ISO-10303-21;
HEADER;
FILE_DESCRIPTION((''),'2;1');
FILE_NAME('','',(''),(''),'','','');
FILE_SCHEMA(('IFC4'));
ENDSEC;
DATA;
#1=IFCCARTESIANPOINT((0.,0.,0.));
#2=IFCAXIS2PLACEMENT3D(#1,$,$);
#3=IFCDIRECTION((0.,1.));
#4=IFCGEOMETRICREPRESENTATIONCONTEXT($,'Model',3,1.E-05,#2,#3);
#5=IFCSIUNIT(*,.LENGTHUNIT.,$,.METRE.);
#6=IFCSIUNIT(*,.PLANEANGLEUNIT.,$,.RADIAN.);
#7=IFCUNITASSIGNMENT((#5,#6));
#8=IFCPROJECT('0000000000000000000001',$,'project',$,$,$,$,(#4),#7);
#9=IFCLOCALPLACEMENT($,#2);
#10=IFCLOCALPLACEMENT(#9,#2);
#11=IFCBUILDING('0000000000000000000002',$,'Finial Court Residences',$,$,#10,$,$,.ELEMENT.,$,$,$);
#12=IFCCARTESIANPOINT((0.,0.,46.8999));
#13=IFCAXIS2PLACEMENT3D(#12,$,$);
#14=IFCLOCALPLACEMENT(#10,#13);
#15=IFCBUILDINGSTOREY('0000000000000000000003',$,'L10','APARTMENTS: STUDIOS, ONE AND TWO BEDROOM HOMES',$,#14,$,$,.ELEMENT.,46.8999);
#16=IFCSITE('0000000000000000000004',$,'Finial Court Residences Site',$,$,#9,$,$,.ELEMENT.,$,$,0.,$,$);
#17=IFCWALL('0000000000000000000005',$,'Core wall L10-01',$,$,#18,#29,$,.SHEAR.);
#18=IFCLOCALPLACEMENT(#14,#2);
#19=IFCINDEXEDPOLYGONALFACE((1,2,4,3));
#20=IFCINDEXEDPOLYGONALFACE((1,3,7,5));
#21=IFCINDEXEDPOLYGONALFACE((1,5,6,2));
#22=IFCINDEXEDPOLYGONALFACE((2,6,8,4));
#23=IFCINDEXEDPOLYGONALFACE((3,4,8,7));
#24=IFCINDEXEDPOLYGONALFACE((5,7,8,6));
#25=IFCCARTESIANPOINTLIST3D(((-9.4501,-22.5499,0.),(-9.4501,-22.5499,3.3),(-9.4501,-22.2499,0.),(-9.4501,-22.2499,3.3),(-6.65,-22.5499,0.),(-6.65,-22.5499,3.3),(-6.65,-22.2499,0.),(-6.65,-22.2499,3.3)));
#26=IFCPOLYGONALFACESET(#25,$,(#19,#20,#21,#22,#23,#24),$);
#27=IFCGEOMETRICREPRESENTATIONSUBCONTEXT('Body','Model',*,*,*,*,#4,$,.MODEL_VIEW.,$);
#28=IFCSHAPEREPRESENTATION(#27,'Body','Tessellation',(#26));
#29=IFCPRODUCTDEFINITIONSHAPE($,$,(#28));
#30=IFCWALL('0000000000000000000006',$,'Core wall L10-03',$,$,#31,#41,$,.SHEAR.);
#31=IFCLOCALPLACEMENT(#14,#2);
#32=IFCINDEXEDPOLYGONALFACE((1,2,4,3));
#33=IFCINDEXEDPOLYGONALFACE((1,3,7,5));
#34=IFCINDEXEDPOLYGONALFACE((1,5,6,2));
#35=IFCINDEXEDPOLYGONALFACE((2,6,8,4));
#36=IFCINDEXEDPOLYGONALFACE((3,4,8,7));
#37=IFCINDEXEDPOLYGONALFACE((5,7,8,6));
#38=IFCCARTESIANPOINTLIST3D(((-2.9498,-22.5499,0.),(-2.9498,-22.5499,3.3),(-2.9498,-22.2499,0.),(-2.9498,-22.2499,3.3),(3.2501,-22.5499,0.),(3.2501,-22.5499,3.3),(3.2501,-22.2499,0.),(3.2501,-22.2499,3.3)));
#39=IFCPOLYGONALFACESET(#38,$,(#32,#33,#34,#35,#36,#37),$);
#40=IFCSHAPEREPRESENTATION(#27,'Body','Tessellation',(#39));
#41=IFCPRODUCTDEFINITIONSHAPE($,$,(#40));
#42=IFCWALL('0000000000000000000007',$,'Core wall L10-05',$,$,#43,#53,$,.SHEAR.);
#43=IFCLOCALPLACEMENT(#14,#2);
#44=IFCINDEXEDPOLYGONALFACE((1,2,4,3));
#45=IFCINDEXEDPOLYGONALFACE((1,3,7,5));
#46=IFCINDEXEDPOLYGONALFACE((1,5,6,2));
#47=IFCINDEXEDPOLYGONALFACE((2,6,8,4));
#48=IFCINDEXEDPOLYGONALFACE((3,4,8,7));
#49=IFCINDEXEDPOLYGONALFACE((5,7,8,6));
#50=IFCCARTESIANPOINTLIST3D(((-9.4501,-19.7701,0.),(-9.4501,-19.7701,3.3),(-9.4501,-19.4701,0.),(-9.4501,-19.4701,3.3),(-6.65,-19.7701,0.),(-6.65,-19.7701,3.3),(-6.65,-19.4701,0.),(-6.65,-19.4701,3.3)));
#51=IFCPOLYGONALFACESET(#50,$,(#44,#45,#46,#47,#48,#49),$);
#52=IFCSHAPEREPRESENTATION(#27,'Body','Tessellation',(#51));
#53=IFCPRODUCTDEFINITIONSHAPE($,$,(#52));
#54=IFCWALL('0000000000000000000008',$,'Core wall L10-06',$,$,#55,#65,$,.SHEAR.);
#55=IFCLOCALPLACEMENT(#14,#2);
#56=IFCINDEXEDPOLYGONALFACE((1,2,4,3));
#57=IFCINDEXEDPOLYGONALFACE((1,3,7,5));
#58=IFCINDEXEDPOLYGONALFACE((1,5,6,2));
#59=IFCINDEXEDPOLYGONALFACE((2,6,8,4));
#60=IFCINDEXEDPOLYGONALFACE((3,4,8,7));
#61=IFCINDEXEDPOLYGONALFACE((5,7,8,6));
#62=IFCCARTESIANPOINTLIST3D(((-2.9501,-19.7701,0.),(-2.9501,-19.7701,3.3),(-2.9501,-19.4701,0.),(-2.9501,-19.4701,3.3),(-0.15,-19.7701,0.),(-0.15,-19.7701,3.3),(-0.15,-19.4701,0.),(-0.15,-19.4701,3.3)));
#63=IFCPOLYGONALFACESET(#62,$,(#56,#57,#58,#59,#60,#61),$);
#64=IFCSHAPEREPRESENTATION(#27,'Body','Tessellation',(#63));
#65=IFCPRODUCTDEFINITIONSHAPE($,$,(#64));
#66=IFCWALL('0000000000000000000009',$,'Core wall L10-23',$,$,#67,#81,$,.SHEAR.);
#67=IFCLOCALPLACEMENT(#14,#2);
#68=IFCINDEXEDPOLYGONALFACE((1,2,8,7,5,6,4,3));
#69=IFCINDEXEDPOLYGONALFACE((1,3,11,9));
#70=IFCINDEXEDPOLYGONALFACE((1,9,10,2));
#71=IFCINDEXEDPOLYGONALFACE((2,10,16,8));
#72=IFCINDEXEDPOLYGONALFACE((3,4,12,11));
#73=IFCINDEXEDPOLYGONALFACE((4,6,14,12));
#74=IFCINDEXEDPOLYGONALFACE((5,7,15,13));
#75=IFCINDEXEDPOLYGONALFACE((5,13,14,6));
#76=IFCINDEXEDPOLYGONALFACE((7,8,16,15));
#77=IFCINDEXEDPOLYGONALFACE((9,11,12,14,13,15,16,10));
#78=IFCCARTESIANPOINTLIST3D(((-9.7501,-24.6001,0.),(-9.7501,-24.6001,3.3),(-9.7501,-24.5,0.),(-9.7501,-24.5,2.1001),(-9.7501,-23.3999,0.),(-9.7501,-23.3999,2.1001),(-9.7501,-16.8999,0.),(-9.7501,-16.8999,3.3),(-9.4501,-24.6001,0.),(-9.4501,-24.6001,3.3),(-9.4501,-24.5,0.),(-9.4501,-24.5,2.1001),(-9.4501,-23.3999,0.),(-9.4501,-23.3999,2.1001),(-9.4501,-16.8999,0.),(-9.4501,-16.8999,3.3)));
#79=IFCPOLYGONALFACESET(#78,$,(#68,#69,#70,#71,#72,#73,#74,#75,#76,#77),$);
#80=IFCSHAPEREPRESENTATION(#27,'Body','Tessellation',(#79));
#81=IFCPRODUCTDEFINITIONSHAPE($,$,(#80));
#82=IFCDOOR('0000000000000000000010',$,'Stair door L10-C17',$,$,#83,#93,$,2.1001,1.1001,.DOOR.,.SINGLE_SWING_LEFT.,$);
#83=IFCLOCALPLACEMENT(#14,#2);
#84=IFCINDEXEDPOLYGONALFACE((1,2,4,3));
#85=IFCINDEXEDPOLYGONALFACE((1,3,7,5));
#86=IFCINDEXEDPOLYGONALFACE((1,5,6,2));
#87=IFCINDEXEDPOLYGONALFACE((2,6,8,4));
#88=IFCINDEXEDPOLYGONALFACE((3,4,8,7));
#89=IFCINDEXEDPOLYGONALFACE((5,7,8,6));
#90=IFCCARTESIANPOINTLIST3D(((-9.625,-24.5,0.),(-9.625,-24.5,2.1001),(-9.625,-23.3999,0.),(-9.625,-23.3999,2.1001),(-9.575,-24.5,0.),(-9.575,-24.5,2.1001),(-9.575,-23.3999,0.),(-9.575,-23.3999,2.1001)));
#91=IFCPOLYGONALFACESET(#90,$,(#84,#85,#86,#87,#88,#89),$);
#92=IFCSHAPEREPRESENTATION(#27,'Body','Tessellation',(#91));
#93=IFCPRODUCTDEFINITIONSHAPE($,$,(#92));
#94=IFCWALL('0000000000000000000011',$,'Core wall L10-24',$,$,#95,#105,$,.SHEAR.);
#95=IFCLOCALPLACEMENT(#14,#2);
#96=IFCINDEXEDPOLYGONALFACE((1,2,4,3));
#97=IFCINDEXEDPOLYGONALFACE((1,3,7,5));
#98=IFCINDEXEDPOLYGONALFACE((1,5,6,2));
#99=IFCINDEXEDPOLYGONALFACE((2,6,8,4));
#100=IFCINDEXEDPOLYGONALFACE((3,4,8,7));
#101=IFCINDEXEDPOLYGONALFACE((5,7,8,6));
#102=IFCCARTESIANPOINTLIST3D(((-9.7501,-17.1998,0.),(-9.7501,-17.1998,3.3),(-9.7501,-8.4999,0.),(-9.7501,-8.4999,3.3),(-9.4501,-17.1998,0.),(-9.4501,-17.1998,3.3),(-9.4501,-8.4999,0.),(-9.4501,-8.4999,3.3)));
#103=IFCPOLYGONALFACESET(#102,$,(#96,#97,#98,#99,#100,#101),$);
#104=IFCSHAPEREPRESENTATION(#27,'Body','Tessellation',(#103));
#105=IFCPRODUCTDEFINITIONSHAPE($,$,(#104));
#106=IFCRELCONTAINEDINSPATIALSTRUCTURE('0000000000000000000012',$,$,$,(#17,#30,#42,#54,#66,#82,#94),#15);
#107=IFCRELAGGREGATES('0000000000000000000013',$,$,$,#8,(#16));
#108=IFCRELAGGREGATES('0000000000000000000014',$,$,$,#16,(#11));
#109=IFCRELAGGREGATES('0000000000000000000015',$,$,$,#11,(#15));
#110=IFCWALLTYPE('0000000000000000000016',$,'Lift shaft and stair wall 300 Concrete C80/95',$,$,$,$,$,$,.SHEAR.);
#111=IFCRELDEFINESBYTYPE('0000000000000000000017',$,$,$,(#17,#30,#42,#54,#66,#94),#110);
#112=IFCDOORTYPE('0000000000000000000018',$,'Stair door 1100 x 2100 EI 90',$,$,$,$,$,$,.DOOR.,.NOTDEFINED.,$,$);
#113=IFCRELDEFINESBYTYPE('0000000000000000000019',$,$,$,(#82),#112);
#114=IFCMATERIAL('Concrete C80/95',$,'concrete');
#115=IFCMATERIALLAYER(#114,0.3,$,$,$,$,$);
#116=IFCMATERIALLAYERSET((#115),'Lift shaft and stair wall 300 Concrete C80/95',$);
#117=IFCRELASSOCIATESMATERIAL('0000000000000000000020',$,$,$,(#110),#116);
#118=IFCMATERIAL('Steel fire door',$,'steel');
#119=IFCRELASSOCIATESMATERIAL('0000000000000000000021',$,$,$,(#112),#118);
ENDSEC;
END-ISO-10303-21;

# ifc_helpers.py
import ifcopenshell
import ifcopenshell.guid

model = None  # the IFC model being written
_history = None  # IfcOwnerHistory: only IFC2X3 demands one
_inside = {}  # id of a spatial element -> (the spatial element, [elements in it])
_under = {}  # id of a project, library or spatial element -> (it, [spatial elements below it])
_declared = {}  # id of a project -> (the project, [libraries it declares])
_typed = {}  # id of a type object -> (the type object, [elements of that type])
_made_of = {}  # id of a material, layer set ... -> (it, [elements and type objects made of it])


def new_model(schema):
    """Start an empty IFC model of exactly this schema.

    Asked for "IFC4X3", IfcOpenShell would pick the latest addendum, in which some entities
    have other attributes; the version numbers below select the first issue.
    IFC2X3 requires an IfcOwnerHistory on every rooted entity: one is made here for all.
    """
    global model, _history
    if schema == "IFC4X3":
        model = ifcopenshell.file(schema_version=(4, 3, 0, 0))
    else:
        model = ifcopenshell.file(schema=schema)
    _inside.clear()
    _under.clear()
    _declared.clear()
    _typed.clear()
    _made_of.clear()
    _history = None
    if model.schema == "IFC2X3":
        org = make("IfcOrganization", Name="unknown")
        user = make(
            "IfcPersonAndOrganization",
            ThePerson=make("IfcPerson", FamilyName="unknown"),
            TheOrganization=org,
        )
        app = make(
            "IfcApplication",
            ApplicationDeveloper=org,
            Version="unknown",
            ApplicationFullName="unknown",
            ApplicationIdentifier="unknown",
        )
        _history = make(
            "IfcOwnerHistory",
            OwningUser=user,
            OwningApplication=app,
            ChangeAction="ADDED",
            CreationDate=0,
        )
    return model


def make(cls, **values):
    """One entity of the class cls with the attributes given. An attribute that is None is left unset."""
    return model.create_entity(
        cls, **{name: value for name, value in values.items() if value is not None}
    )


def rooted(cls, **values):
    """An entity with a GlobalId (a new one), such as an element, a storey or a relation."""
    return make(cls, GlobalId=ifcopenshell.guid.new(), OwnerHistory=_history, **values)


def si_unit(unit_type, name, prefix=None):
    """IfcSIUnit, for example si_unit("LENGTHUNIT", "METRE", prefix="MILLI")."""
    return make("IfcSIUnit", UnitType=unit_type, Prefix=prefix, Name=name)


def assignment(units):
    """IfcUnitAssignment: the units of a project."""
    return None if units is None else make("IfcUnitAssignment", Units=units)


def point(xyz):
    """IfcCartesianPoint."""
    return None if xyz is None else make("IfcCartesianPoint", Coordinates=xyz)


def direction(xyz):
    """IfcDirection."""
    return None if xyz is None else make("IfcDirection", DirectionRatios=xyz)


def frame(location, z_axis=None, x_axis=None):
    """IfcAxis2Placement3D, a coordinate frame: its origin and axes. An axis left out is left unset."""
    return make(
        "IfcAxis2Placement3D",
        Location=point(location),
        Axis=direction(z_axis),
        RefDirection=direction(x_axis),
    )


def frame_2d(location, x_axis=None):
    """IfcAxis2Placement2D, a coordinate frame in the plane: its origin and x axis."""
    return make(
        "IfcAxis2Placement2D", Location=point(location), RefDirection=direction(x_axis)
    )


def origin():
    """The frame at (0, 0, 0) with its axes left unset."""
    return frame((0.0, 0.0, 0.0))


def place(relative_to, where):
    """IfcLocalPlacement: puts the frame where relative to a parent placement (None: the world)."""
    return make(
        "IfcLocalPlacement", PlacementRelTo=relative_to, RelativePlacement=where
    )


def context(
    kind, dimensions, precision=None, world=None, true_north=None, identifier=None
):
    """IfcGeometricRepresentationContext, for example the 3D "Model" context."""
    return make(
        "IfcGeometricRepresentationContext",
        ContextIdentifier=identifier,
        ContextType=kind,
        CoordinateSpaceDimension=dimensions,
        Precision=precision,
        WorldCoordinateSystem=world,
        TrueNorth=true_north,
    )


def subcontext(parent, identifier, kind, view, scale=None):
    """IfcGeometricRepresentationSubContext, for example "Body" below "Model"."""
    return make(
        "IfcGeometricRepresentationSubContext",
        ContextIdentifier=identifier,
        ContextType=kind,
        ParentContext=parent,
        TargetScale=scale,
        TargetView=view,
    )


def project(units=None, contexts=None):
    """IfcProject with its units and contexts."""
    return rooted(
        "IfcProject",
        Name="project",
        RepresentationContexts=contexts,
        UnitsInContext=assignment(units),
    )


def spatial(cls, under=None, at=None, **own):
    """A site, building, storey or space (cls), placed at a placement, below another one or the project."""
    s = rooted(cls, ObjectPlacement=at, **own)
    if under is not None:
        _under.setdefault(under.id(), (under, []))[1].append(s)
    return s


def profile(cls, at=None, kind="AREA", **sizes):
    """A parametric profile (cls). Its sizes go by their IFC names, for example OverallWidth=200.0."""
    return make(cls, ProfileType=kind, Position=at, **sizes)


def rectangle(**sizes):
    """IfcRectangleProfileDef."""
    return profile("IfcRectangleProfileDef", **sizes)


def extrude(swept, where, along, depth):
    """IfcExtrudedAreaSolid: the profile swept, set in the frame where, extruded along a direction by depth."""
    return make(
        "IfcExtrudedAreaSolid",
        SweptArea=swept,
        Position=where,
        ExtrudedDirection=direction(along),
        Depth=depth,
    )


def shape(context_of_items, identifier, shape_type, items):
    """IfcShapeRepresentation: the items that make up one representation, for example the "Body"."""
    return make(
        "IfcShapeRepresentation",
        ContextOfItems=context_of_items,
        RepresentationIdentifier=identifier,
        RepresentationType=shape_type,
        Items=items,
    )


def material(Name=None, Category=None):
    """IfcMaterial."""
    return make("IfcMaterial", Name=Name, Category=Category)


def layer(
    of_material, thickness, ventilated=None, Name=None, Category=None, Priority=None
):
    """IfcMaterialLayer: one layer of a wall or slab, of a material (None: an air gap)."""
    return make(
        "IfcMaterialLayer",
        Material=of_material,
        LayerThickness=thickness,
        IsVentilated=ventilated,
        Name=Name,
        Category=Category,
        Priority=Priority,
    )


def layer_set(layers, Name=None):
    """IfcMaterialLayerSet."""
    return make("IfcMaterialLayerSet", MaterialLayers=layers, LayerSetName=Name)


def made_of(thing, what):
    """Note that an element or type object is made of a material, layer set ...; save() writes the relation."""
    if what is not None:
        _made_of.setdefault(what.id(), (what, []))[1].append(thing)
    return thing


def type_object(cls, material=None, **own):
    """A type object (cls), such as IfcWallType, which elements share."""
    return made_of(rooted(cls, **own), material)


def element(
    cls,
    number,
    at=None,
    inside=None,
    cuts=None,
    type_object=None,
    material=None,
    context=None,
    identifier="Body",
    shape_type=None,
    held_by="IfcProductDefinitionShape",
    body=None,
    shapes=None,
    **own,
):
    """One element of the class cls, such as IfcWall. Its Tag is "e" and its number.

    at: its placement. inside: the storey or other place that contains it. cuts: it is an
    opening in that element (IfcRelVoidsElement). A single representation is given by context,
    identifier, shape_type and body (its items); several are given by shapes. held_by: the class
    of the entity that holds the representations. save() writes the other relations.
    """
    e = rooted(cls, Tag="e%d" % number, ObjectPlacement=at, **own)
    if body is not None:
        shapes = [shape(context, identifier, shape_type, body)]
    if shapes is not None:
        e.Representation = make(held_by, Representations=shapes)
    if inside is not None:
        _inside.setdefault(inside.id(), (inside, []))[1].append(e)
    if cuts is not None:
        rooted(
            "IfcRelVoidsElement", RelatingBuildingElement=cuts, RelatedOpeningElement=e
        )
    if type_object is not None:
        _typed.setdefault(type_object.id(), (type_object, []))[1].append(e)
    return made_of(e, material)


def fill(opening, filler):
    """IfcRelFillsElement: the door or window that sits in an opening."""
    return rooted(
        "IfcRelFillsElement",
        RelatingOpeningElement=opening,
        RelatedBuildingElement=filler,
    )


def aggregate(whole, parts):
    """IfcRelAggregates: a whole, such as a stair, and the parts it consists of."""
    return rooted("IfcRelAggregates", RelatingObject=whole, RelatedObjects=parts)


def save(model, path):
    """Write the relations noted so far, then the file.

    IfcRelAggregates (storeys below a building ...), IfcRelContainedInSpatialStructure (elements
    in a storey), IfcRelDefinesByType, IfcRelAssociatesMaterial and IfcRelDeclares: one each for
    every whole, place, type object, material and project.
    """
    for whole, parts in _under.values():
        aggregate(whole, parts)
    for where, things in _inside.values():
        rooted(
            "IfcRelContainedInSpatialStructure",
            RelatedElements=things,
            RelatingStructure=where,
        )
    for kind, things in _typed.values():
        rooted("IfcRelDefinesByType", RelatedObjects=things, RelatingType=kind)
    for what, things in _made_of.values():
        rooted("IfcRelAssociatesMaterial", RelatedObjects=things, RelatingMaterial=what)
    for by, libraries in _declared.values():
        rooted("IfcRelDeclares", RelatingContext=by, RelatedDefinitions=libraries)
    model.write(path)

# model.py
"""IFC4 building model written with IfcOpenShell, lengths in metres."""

from ifc_helpers import new_model, si_unit, direction, frame, frame_2d, origin, place, context, subcontext, project, spatial, rectangle, extrude, material, layer, layer_set, type_object, element, fill, save


model = new_model("IFC4")

# Units and contexts
model_context = context("Model", 3, precision=1e-05, world=origin(), true_north=direction((0.0, 1.0)))
body_context = subcontext(model_context, "Body", "Model", "MODEL_VIEW")
ifc_project = project(units=[si_unit("LENGTHUNIT", "METRE"), si_unit("PLANEANGLEUNIT", "RADIAN")], contexts=[model_context])

# Site, building, storey
site_placement = place(None, origin())
site = spatial("IfcSite", under=ifc_project, at=site_placement, Name="Finial Court Residences Site", CompositionType="ELEMENT", RefElevation=0.0)
building_placement = place(site_placement, origin())
building = spatial("IfcBuilding", under=site, at=building_placement, Name="Finial Court Residences", CompositionType="ELEMENT")
storey_placement = place(building_placement, frame((0.0, 0.0, 46.8999)))
storey = spatial("IfcBuildingStorey", under=building, at=storey_placement, Name="L10", Description="APARTMENTS: STUDIOS, ONE AND TWO BEDROOM HOMES", CompositionType="ELEMENT", Elevation=46.8999)

# Walls
ifc_material_1 = material(Name="Concrete C80/95", Category="concrete")
ifc_layer_1 = layer(ifc_material_1, 0.3)
ifc_layer_set_1 = layer_set([ifc_layer_1], Name="Lift shaft and stair wall 300 Concrete C80/95")
wall_type_1 = type_object("IfcWallType", Name="Lift shaft and stair wall 300 Concrete C80/95", PredefinedType="SHEAR", material=ifc_layer_set_1)
wall_1_placement = place(storey_placement, frame((-9.45, -22.3999, 0.0), z_axis=(0.0, 0.0, 1.0), x_axis=(1.0, 0.0, 0.0)))
element("IfcWall", 1, at=wall_1_placement, inside=storey, type_object=wall_type_1, Name="Core wall L10-01", PredefinedType="SHEAR", context=body_context, shape_type="SweptSolid", body=[
    extrude(rectangle(XDim=2.8, YDim=0.3, at=frame_2d((1.3999, 0.0))), origin(), (0.0, 0.0, 1.0), 3.3),
])
wall_2_placement = place(storey_placement, frame((-2.95, -22.3999, 0.0), z_axis=(0.0, 0.0, 1.0), x_axis=(1.0, 0.0, 0.0)))
element("IfcWall", 2, at=wall_2_placement, inside=storey, type_object=wall_type_1, Name="Core wall L10-03", PredefinedType="SHEAR", context=body_context, shape_type="SweptSolid", body=[
    extrude(rectangle(XDim=6.2, YDim=0.3, at=frame_2d((3.1001, 0.0))), origin(), (0.0, 0.0, 1.0), 3.3),
])
for number, where, z_axis, x_axis, name in (
    (3, (-9.45, -19.6201, 0.0), (0.0, 0.0, 1.0), (1.0, 0.0, 0.0), "Core wall L10-05"),
    (4, (-2.95, -19.6201, 0.0), (0.0, 0.0, 1.0), (1.0, 0.0, 0.0), "Core wall L10-06"),
):
    element("IfcWall", number, at=place(storey_placement, frame(where, z_axis=z_axis, x_axis=x_axis)), inside=storey, type_object=wall_type_1, Name=name, PredefinedType="SHEAR", context=body_context, shape_type="SweptSolid", body=[
        extrude(rectangle(XDim=2.8, YDim=0.3, at=frame_2d((1.3999, 0.0))), origin(), (0.0, 0.0, 1.0), 3.3),
    ])

# Wall, opening, door
wall_3_placement = place(storey_placement, frame((-9.6001, -24.6001, 0.0), z_axis=(0.0, 0.0, 1.0), x_axis=(0.0, 1.0, 0.0)))
wall_3 = element("IfcWall", 5, at=wall_3_placement, inside=storey, type_object=wall_type_1, Name="Core wall L10-23", PredefinedType="SHEAR", context=body_context, shape_type="SweptSolid", body=[
    extrude(rectangle(XDim=7.7002, YDim=0.3, at=frame_2d((3.8501, 0.0))), origin(), (0.0, 0.0, 1.0), 3.3),
])
opening_1_placement = place(wall_3_placement, frame((0.1001, 0.0, 0.0)))
opening_1 = element("IfcOpeningElement", 6, at=opening_1_placement, cuts=wall_3, PredefinedType="OPENING", context=body_context, shape_type="SweptSolid", body=[
    extrude(rectangle(XDim=1.1001, YDim=2.1001, at=frame_2d((0.55, 1.05))), frame((0.0, 0.1599, 0.0), z_axis=(0.0, -1.0, 0.0), x_axis=(1.0, 0.0, 0.0)), (0.0, 0.0, 1.0), 0.3201),
])
ifc_material_2 = material(Name="Steel fire door", Category="steel")
door_type_1 = type_object("IfcDoorType", Name="Stair door 1100 x 2100 EI 90", OperationType="NOTDEFINED", PredefinedType="DOOR", material=ifc_material_2)
door_1_placement = place(opening_1_placement, origin())
door_1 = element("IfcDoor", 7, at=door_1_placement, inside=storey, type_object=door_type_1, Name="Stair door L10-C17", OperationType="SINGLE_SWING_LEFT", OverallHeight=2.1001, OverallWidth=1.1001, PredefinedType="DOOR", context=body_context, shape_type="SweptSolid", body=[
    extrude(rectangle(XDim=1.1001, YDim=2.1001, at=frame_2d((0.55, 1.05))), frame((0.0, 0.0249, 0.0), z_axis=(0.0, -1.0, 0.0), x_axis=(1.0, 0.0, 0.0)), (0.0, 0.0, 1.0), 0.05),
])
fill(opening_1, door_1)

# Wall
wall_4_placement = place(storey_placement, frame((-9.6001, -17.2, 0.0), z_axis=(0.0, 0.0, 1.0), x_axis=(0.0, 1.0, 0.0)))
element("IfcWall", 8, at=wall_4_placement, inside=storey, type_object=wall_type_1, Name="Core wall L10-24", PredefinedType="SHEAR", context=body_context, shape_type="SweptSolid", body=[
    extrude(rectangle(XDim=8.7, YDim=0.3, at=frame_2d((4.3501, 0.0))), origin(), (0.0, 0.0, 1.0), 3.3),
])

save(model, "model.ifc")
